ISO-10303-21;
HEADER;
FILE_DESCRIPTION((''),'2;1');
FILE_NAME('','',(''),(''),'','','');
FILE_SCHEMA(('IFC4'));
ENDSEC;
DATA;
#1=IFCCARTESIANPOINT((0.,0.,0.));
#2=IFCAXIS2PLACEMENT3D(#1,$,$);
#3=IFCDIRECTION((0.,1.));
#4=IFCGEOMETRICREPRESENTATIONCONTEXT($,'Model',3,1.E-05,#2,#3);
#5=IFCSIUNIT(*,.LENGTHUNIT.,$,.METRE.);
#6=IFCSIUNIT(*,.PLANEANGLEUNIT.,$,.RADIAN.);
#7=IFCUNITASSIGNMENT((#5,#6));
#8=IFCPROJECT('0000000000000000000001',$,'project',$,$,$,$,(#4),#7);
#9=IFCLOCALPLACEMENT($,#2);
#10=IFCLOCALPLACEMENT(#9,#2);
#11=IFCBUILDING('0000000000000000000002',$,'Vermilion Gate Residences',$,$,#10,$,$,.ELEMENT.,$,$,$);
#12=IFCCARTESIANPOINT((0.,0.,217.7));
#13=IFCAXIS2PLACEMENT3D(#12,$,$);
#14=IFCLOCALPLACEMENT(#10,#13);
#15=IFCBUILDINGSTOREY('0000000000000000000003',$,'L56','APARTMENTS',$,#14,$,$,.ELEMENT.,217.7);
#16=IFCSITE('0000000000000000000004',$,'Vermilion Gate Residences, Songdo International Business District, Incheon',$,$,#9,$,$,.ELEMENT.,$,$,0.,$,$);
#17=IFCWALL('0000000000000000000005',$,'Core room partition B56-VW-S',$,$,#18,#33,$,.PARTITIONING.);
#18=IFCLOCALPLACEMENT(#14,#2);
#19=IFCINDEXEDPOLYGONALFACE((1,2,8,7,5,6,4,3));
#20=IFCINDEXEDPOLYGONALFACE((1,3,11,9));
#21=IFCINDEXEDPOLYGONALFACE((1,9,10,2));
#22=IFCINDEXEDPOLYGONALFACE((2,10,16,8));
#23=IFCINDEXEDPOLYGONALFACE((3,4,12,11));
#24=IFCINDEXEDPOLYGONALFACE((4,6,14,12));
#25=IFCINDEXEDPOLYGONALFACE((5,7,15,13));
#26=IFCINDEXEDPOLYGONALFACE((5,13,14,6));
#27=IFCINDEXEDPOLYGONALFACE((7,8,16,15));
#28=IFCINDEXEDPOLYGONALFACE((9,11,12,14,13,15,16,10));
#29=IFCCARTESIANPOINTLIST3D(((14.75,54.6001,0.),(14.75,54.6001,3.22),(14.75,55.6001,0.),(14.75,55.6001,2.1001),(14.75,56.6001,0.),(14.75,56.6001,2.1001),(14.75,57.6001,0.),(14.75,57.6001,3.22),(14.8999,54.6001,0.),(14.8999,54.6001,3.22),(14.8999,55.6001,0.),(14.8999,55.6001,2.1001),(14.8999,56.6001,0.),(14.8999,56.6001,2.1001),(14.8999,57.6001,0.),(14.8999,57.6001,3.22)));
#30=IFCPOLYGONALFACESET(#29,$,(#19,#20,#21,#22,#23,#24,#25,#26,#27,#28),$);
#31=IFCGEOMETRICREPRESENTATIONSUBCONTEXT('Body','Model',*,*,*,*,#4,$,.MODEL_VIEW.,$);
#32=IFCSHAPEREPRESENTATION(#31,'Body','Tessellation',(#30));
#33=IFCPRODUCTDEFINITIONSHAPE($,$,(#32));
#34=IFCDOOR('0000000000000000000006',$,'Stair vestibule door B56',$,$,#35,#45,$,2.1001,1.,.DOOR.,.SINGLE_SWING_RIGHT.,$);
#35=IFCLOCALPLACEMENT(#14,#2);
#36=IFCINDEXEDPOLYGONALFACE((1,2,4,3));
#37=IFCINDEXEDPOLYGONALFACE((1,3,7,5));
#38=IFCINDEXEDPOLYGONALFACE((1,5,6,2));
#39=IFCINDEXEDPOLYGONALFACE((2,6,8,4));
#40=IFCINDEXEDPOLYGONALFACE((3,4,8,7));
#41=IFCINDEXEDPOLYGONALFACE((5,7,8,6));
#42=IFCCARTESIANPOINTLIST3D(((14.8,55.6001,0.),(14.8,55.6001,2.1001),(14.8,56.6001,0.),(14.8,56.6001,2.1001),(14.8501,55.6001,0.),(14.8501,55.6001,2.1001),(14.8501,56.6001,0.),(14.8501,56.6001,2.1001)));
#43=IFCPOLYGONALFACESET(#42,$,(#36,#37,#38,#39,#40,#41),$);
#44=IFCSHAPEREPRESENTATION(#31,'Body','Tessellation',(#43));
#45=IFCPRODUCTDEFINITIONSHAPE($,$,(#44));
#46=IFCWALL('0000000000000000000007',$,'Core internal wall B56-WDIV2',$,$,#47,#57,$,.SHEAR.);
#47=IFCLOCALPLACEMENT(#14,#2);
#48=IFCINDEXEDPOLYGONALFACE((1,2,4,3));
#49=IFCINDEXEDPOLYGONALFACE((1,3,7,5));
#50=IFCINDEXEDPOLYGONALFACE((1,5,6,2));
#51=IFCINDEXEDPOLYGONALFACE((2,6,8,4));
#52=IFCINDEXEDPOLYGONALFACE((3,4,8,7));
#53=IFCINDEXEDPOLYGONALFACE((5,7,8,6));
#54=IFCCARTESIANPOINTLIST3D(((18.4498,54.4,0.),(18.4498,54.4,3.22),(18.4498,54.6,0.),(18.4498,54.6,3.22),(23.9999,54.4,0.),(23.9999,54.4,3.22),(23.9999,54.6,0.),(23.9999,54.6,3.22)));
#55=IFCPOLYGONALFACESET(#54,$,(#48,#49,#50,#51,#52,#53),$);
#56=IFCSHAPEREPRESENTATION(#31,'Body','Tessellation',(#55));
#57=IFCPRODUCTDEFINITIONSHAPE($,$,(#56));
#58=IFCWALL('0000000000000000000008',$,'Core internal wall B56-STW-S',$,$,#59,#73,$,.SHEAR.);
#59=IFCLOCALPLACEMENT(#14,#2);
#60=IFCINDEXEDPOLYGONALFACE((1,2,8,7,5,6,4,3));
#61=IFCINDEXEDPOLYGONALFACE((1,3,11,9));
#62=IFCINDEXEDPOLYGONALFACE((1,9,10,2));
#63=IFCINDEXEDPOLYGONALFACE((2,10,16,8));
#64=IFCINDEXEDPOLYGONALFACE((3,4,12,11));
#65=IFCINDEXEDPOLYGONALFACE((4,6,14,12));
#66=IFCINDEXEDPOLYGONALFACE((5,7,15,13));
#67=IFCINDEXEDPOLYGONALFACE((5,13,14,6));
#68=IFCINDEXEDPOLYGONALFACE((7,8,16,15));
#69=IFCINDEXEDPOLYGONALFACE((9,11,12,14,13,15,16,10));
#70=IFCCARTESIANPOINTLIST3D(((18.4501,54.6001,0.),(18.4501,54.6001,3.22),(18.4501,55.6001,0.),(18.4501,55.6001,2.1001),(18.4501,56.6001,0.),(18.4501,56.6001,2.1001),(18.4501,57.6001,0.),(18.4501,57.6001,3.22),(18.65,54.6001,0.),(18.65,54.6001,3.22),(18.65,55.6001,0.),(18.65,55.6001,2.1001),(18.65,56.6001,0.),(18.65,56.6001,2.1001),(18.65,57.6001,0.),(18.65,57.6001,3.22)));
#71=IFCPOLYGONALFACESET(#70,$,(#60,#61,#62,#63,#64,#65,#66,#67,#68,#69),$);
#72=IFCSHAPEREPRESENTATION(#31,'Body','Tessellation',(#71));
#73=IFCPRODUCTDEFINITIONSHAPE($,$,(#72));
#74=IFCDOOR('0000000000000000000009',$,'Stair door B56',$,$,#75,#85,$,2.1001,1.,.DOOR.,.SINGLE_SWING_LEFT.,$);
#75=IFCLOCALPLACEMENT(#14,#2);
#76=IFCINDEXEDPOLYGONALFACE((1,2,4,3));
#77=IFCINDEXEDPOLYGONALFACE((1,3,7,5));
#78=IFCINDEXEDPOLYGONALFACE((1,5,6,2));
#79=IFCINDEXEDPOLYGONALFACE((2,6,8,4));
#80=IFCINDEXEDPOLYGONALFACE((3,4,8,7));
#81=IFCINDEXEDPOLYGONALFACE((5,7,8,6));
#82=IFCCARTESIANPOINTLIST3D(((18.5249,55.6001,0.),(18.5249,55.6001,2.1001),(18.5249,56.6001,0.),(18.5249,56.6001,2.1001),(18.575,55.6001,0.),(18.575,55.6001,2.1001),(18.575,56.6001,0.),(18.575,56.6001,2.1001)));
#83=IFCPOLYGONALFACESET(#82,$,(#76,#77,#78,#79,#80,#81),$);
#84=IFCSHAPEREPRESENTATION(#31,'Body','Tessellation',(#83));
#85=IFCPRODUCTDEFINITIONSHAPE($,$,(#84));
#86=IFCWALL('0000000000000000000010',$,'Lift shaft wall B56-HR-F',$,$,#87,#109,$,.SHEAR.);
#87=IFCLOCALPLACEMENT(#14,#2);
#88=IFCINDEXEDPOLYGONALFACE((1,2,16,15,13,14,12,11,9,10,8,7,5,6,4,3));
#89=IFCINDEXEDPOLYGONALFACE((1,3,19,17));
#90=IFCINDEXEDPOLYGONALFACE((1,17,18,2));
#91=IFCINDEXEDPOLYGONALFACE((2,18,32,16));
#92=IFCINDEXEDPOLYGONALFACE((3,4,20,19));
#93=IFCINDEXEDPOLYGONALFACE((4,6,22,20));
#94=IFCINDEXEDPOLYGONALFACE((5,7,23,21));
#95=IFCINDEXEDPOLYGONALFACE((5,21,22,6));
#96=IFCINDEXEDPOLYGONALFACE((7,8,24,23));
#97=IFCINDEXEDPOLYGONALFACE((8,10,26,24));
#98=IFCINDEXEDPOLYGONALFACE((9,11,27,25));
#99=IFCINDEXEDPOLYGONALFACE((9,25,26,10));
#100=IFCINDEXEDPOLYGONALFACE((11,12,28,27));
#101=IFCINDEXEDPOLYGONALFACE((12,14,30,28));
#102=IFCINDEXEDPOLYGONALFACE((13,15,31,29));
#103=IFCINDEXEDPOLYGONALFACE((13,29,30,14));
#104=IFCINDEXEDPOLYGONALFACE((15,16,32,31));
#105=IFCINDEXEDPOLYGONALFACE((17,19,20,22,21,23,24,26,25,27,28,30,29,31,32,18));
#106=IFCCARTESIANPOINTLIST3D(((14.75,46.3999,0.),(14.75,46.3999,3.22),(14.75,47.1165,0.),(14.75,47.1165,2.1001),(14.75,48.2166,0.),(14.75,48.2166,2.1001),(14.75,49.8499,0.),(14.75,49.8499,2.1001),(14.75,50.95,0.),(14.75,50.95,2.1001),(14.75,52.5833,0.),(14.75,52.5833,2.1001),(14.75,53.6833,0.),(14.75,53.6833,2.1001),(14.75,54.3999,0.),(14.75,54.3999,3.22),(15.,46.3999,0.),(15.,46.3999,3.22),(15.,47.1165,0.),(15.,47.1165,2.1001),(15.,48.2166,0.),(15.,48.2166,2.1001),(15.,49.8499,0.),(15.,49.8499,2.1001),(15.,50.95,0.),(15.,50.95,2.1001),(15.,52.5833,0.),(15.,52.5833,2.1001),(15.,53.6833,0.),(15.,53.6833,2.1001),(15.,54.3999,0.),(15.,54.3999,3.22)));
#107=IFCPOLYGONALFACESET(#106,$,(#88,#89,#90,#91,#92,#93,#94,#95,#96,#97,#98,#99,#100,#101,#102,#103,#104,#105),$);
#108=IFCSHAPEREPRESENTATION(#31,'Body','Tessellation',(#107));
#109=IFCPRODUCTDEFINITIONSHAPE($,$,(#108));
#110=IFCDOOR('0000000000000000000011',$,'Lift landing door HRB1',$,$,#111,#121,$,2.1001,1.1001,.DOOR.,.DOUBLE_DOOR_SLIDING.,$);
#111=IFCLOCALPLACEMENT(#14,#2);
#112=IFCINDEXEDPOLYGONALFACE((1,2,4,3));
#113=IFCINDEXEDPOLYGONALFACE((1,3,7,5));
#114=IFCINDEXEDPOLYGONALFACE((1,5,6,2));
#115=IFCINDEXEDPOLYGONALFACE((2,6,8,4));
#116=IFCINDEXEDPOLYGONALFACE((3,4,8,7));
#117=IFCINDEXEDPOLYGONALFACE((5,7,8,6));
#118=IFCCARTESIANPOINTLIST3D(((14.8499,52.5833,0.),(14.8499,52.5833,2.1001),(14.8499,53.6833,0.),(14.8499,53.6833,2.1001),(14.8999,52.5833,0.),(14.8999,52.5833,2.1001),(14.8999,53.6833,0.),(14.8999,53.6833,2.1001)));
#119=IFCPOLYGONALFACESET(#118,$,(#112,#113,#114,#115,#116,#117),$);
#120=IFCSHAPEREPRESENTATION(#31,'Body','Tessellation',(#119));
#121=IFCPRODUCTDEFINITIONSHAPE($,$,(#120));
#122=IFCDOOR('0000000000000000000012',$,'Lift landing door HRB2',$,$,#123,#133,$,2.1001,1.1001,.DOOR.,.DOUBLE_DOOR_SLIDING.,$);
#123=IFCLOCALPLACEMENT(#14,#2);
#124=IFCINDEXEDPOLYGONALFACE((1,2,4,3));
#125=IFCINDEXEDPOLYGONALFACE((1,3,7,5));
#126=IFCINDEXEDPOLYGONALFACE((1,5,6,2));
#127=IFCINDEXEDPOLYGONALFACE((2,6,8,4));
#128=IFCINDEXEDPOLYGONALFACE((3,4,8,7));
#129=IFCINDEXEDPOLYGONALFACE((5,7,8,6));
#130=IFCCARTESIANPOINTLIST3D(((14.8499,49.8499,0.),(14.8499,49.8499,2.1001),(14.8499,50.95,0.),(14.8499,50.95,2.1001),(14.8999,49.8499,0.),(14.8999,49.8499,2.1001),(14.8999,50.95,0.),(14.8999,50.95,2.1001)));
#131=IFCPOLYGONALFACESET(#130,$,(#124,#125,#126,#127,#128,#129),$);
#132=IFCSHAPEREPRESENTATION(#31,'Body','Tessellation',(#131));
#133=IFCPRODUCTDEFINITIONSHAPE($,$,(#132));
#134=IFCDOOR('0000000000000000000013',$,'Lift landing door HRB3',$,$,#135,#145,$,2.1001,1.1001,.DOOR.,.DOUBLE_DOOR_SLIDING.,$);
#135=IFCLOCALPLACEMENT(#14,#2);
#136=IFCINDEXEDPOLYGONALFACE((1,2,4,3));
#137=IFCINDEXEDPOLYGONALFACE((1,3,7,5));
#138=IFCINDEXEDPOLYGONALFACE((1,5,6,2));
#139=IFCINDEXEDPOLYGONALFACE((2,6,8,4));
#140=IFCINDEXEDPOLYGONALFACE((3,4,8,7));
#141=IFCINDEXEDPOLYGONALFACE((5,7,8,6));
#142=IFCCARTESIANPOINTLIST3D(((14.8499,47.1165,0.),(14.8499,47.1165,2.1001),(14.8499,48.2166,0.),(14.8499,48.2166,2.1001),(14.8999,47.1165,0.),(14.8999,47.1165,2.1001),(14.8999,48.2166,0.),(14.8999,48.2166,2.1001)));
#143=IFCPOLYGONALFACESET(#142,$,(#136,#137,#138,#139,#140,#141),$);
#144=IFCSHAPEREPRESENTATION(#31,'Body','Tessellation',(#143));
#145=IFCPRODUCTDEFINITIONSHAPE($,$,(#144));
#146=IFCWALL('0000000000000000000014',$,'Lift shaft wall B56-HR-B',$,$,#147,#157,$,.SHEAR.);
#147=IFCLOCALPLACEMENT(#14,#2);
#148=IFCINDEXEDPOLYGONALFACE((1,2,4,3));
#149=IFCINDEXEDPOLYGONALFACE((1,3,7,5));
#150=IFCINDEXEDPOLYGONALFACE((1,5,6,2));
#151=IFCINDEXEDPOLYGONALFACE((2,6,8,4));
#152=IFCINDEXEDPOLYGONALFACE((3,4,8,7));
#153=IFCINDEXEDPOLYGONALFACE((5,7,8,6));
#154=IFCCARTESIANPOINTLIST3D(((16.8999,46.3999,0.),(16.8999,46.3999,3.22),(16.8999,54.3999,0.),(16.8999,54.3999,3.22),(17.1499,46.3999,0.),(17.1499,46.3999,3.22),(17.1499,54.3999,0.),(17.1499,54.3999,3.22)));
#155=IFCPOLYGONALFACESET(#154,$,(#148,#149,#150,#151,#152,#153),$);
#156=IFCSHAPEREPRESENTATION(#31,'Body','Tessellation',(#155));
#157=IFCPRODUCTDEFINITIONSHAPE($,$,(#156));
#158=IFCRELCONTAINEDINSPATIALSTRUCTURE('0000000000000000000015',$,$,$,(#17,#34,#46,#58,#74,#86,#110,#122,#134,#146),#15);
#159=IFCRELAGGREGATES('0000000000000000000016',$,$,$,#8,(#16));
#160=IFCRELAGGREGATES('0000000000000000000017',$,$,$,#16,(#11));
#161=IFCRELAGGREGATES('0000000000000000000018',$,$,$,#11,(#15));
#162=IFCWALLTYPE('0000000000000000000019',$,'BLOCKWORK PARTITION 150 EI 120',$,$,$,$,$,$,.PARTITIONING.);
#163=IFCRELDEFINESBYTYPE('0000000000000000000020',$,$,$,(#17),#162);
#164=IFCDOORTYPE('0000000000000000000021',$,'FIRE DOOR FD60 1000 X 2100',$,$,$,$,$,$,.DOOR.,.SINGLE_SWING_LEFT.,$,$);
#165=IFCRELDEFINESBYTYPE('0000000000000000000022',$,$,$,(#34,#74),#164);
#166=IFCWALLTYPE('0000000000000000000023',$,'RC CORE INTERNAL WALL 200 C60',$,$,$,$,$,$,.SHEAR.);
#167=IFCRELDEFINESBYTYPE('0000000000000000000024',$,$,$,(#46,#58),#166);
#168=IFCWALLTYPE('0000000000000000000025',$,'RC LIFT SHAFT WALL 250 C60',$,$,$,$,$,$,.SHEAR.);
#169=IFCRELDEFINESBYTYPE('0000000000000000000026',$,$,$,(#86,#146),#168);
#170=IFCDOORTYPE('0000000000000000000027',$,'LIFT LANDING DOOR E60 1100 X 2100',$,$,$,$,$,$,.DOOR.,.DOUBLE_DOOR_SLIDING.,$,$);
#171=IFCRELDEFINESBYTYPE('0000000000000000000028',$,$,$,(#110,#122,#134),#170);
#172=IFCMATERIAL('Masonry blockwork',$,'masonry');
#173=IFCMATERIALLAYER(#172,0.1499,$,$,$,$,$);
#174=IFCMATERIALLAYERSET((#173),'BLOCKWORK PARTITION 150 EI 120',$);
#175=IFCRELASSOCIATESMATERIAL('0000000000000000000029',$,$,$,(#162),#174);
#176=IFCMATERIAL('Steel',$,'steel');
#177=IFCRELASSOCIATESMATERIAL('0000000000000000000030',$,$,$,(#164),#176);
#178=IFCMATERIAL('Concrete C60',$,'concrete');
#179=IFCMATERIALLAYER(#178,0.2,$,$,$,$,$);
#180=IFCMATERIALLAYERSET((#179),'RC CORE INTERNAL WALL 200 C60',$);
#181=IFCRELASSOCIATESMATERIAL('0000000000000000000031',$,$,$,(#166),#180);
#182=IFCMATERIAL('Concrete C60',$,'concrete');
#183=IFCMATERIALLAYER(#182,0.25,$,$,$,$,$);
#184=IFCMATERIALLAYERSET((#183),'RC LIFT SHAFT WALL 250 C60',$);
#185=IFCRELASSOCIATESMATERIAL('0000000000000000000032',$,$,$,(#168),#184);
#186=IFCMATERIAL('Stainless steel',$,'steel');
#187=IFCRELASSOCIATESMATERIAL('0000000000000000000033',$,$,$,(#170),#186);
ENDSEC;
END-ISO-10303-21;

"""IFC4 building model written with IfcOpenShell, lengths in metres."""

from ifc_helpers import new_model, si_unit, direction, frame, frame_2d, origin, place, context, subcontext, project, spatial, rectangle, extrude, material, layer, layer_set, type_object, element, fill, save


model = new_model("IFC4")

# Units and contexts
model_context = context("Model", 3, precision=1e-05, world=origin(), true_north=direction((0.0, 1.0)))
body_context = subcontext(model_context, "Body", "Model", "MODEL_VIEW")
ifc_project = project(units=[si_unit("LENGTHUNIT", "METRE"), si_unit("PLANEANGLEUNIT", "RADIAN")], contexts=[model_context])

# Site, building, storey
site_placement = place(None, origin())
site = spatial("IfcSite", under=ifc_project, at=site_placement, Name="Vermilion Gate Residences, Songdo International Business District, Incheon", CompositionType="ELEMENT", RefElevation=0.0)
building_placement = place(site_placement, origin())
building = spatial("IfcBuilding", under=site, at=building_placement, Name="Vermilion Gate Residences", CompositionType="ELEMENT")
storey_placement = place(building_placement, frame((0.0, 0.0, 217.7)))
storey = spatial("IfcBuildingStorey", under=building, at=storey_placement, Name="L56", Description="APARTMENTS", CompositionType="ELEMENT", Elevation=217.7)

# Wall, opening, door
ifc_material_1 = material(Name="Masonry blockwork", Category="masonry")
ifc_layer_1 = layer(ifc_material_1, 0.1499)
ifc_layer_set_1 = layer_set([ifc_layer_1], Name="BLOCKWORK PARTITION 150 EI 120")
wall_type_1 = type_object("IfcWallType", Name="BLOCKWORK PARTITION 150 EI 120", PredefinedType="PARTITIONING", material=ifc_layer_set_1)
wall_1_placement = place(storey_placement, frame((14.825, 57.6001, 0.0), z_axis=(0.0, 0.0, 1.0), x_axis=(0.0, -1.0, 0.0)))
wall_1 = element("IfcWall", 1, at=wall_1_placement, inside=storey, type_object=wall_type_1, Name="Core room partition B56-VW-S", PredefinedType="PARTITIONING", context=body_context, shape_type="SweptSolid", body=[
    extrude(rectangle(XDim=3.0, YDim=0.1499, at=frame_2d((1.5, 0.0))), origin(), (0.0, 0.0, 1.0), 3.22),
])
opening_1_placement = place(wall_1_placement, frame((1.0, 0.0, 0.0)))
opening_1 = element("IfcOpeningElement", 2, at=opening_1_placement, cuts=wall_1, PredefinedType="OPENING", context=body_context, shape_type="SweptSolid", body=[
    extrude(rectangle(XDim=1.0, YDim=2.1001, at=frame_2d((0.5, 1.05))), frame((0.0, 0.085, 0.0), z_axis=(0.0, -1.0, 0.0), x_axis=(1.0, 0.0, 0.0)), (0.0, 0.0, 1.0), 0.1699),
])
ifc_material_2 = material(Name="Steel", Category="steel")
door_type_1 = type_object("IfcDoorType", Name="FIRE DOOR FD60 1000 X 2100", OperationType="SINGLE_SWING_LEFT", PredefinedType="DOOR", material=ifc_material_2)
door_1_placement = place(opening_1_placement, frame((1.0, 0.0, 0.0), z_axis=(0.0, 0.0, 1.0), x_axis=(-1.0, 0.0, 0.0)))
door_1 = element("IfcDoor", 3, at=door_1_placement, inside=storey, type_object=door_type_1, Name="Stair vestibule door B56", OperationType="SINGLE_SWING_RIGHT", OverallHeight=2.1001, OverallWidth=1.0, PredefinedType="DOOR", context=body_context, shape_type="SweptSolid", body=[
    extrude(rectangle(XDim=1.0, YDim=2.1001, at=frame_2d((0.5, 1.05))), frame((0.0, 0.0249, 0.0), z_axis=(0.0, -1.0, 0.0), x_axis=(1.0, 0.0, 0.0)), (0.0, 0.0, 1.0), 0.05),
])
fill(opening_1, door_1)

# Wall
ifc_material_3 = material(Name="Concrete C60", Category="concrete")
ifc_layer_2 = layer(ifc_material_3, 0.2)
ifc_layer_set_2 = layer_set([ifc_layer_2], Name="RC CORE INTERNAL WALL 200 C60")
wall_type_2 = type_object("IfcWallType", Name="RC CORE INTERNAL WALL 200 C60", PredefinedType="SHEAR", material=ifc_layer_set_2)
wall_2_placement = place(storey_placement, frame((18.45, 54.5, 0.0), z_axis=(0.0, 0.0, 1.0), x_axis=(1.0, 0.0, 0.0)))
element("IfcWall", 4, at=wall_2_placement, inside=storey, type_object=wall_type_2, Name="Core internal wall B56-WDIV2", PredefinedType="SHEAR", context=body_context, shape_type="SweptSolid", body=[
    extrude(rectangle(XDim=5.55, YDim=0.2, at=frame_2d((2.7749, 0.0))), origin(), (0.0, 0.0, 1.0), 3.22),
])

# Wall, opening, door
wall_3_placement = place(storey_placement, frame((18.55, 57.6001, 0.0), z_axis=(0.0, 0.0, 1.0), x_axis=(0.0, -1.0, 0.0)))
wall_3 = element("IfcWall", 5, at=wall_3_placement, inside=storey, type_object=wall_type_2, Name="Core internal wall B56-STW-S", PredefinedType="SHEAR", context=body_context, shape_type="SweptSolid", body=[
    extrude(rectangle(XDim=3.0, YDim=0.2, at=frame_2d((1.5, 0.0))), origin(), (0.0, 0.0, 1.0), 3.22),
])
opening_2_placement = place(wall_3_placement, frame((1.0, 0.0, 0.0)))
opening_2 = element("IfcOpeningElement", 6, at=opening_2_placement, cuts=wall_3, PredefinedType="OPENING", context=body_context, shape_type="SweptSolid", body=[
    extrude(rectangle(XDim=1.0, YDim=2.1001, at=frame_2d((0.5, 1.05))), frame((0.0, 0.1099, 0.0), z_axis=(0.0, -1.0, 0.0), x_axis=(1.0, 0.0, 0.0)), (0.0, 0.0, 1.0), 0.22),
])
door_2_placement = place(opening_2_placement, origin())
door_2 = element("IfcDoor", 7, at=door_2_placement, inside=storey, type_object=door_type_1, Name="Stair door B56", OperationType="SINGLE_SWING_LEFT", OverallHeight=2.1001, OverallWidth=1.0, PredefinedType="DOOR", context=body_context, shape_type="SweptSolid", body=[
    extrude(rectangle(XDim=1.0, YDim=2.1001, at=frame_2d((0.5, 1.05))), frame((0.0, 0.0249, 0.0), z_axis=(0.0, -1.0, 0.0), x_axis=(1.0, 0.0, 0.0)), (0.0, 0.0, 1.0), 0.05),
])
fill(opening_2, door_2)

# Wall, openings, doors
ifc_material_4 = material(Name="Concrete C60", Category="concrete")
ifc_layer_3 = layer(ifc_material_4, 0.25)
ifc_layer_set_3 = layer_set([ifc_layer_3], Name="RC LIFT SHAFT WALL 250 C60")
wall_type_3 = type_object("IfcWallType", Name="RC LIFT SHAFT WALL 250 C60", PredefinedType="SHEAR", material=ifc_layer_set_3)
wall_4_placement = place(storey_placement, frame((14.875, 54.3999, 0.0), z_axis=(0.0, 0.0, 1.0), x_axis=(0.0, -1.0, 0.0)))
wall_4 = element("IfcWall", 8, at=wall_4_placement, inside=storey, type_object=wall_type_3, Name="Lift shaft wall B56-HR-F", PredefinedType="SHEAR", context=body_context, shape_type="SweptSolid", body=[
    extrude(rectangle(XDim=8.0, YDim=0.25, at=frame_2d((4.0, 0.0))), origin(), (0.0, 0.0, 1.0), 3.22),
])
opening_3_placement = place(wall_4_placement, frame((0.7166, 0.0, 0.0)))
opening_3 = element("IfcOpeningElement", 9, at=opening_3_placement, cuts=wall_4, PredefinedType="OPENING", context=body_context, shape_type="SweptSolid", body=[
    extrude(rectangle(XDim=1.1001, YDim=2.1001, at=frame_2d((0.55, 1.05))), frame((0.0, 0.135, 0.0), z_axis=(0.0, -1.0, 0.0), x_axis=(1.0, 0.0, 0.0)), (0.0, 0.0, 1.0), 0.27),
])
opening_4_placement = place(wall_4_placement, frame((3.45, 0.0, 0.0)))
opening_4 = element("IfcOpeningElement", 10, at=opening_4_placement, cuts=wall_4, PredefinedType="OPENING", context=body_context, shape_type="SweptSolid", body=[
    extrude(rectangle(XDim=1.1001, YDim=2.1001, at=frame_2d((0.55, 1.05))), frame((0.0, 0.135, 0.0), z_axis=(0.0, -1.0, 0.0), x_axis=(1.0, 0.0, 0.0)), (0.0, 0.0, 1.0), 0.27),
])
opening_5_placement = place(wall_4_placement, frame((6.1833, 0.0, 0.0)))
opening_5 = element("IfcOpeningElement", 11, at=opening_5_placement, cuts=wall_4, PredefinedType="OPENING", context=body_context, shape_type="SweptSolid", body=[
    extrude(rectangle(XDim=1.1001, YDim=2.1001, at=frame_2d((0.55, 1.05))), frame((0.0, 0.135, 0.0), z_axis=(0.0, -1.0, 0.0), x_axis=(1.0, 0.0, 0.0)), (0.0, 0.0, 1.0), 0.27),
])
ifc_material_5 = material(Name="Stainless steel", Category="steel")
door_type_2 = type_object("IfcDoorType", Name="LIFT LANDING DOOR E60 1100 X 2100", OperationType="DOUBLE_DOOR_SLIDING", PredefinedType="DOOR", material=ifc_material_5)
door_3_placement = place(opening_3_placement, origin())
door_3 = element("IfcDoor", 12, at=door_3_placement, inside=storey, type_object=door_type_2, Name="Lift landing door HRB1", OperationType="DOUBLE_DOOR_SLIDING", OverallHeight=2.1001, OverallWidth=1.1001, PredefinedType="DOOR", context=body_context, shape_type="SweptSolid", body=[
    extrude(rectangle(XDim=1.1001, YDim=2.1001, at=frame_2d((0.55, 1.05))), frame((0.0, 0.0249, 0.0), z_axis=(0.0, -1.0, 0.0), x_axis=(1.0, 0.0, 0.0)), (0.0, 0.0, 1.0), 0.05),
])
fill(opening_3, door_3)
door_4_placement = place(opening_4_placement, origin())
door_4 = element("IfcDoor", 13, at=door_4_placement, inside=storey, type_object=door_type_2, Name="Lift landing door HRB2", OperationType="DOUBLE_DOOR_SLIDING", OverallHeight=2.1001, OverallWidth=1.1001, PredefinedType="DOOR", context=body_context, shape_type="SweptSolid", body=[
    extrude(rectangle(XDim=1.1001, YDim=2.1001, at=frame_2d((0.55, 1.05))), frame((0.0, 0.0249, 0.0), z_axis=(0.0, -1.0, 0.0), x_axis=(1.0, 0.0, 0.0)), (0.0, 0.0, 1.0), 0.05),
])
fill(opening_4, door_4)
door_5_placement = place(opening_5_placement, origin())
door_5 = element("IfcDoor", 14, at=door_5_placement, inside=storey, type_object=door_type_2, Name="Lift landing door HRB3", OperationType="DOUBLE_DOOR_SLIDING", OverallHeight=2.1001, OverallWidth=1.1001, PredefinedType="DOOR", context=body_context, shape_type="SweptSolid", body=[
    extrude(rectangle(XDim=1.1001, YDim=2.1001, at=frame_2d((0.55, 1.05))), frame((0.0, 0.0249, 0.0), z_axis=(0.0, -1.0, 0.0), x_axis=(1.0, 0.0, 0.0)), (0.0, 0.0, 1.0), 0.05),
])
fill(opening_5, door_5)

# Wall
wall_5_placement = place(storey_placement, frame((17.0249, 54.3999, 0.0), z_axis=(0.0, 0.0, 1.0), x_axis=(0.0, -1.0, 0.0)))
element("IfcWall", 15, at=wall_5_placement, inside=storey, type_object=wall_type_3, Name="Lift shaft wall B56-HR-B", PredefinedType="SHEAR", context=body_context, shape_type="SweptSolid", body=[
    extrude(rectangle(XDim=8.0, YDim=0.25, at=frame_2d((4.0, 0.0))), origin(), (0.0, 0.0, 1.0), 3.22),
])

save(model, "model.ifc")
